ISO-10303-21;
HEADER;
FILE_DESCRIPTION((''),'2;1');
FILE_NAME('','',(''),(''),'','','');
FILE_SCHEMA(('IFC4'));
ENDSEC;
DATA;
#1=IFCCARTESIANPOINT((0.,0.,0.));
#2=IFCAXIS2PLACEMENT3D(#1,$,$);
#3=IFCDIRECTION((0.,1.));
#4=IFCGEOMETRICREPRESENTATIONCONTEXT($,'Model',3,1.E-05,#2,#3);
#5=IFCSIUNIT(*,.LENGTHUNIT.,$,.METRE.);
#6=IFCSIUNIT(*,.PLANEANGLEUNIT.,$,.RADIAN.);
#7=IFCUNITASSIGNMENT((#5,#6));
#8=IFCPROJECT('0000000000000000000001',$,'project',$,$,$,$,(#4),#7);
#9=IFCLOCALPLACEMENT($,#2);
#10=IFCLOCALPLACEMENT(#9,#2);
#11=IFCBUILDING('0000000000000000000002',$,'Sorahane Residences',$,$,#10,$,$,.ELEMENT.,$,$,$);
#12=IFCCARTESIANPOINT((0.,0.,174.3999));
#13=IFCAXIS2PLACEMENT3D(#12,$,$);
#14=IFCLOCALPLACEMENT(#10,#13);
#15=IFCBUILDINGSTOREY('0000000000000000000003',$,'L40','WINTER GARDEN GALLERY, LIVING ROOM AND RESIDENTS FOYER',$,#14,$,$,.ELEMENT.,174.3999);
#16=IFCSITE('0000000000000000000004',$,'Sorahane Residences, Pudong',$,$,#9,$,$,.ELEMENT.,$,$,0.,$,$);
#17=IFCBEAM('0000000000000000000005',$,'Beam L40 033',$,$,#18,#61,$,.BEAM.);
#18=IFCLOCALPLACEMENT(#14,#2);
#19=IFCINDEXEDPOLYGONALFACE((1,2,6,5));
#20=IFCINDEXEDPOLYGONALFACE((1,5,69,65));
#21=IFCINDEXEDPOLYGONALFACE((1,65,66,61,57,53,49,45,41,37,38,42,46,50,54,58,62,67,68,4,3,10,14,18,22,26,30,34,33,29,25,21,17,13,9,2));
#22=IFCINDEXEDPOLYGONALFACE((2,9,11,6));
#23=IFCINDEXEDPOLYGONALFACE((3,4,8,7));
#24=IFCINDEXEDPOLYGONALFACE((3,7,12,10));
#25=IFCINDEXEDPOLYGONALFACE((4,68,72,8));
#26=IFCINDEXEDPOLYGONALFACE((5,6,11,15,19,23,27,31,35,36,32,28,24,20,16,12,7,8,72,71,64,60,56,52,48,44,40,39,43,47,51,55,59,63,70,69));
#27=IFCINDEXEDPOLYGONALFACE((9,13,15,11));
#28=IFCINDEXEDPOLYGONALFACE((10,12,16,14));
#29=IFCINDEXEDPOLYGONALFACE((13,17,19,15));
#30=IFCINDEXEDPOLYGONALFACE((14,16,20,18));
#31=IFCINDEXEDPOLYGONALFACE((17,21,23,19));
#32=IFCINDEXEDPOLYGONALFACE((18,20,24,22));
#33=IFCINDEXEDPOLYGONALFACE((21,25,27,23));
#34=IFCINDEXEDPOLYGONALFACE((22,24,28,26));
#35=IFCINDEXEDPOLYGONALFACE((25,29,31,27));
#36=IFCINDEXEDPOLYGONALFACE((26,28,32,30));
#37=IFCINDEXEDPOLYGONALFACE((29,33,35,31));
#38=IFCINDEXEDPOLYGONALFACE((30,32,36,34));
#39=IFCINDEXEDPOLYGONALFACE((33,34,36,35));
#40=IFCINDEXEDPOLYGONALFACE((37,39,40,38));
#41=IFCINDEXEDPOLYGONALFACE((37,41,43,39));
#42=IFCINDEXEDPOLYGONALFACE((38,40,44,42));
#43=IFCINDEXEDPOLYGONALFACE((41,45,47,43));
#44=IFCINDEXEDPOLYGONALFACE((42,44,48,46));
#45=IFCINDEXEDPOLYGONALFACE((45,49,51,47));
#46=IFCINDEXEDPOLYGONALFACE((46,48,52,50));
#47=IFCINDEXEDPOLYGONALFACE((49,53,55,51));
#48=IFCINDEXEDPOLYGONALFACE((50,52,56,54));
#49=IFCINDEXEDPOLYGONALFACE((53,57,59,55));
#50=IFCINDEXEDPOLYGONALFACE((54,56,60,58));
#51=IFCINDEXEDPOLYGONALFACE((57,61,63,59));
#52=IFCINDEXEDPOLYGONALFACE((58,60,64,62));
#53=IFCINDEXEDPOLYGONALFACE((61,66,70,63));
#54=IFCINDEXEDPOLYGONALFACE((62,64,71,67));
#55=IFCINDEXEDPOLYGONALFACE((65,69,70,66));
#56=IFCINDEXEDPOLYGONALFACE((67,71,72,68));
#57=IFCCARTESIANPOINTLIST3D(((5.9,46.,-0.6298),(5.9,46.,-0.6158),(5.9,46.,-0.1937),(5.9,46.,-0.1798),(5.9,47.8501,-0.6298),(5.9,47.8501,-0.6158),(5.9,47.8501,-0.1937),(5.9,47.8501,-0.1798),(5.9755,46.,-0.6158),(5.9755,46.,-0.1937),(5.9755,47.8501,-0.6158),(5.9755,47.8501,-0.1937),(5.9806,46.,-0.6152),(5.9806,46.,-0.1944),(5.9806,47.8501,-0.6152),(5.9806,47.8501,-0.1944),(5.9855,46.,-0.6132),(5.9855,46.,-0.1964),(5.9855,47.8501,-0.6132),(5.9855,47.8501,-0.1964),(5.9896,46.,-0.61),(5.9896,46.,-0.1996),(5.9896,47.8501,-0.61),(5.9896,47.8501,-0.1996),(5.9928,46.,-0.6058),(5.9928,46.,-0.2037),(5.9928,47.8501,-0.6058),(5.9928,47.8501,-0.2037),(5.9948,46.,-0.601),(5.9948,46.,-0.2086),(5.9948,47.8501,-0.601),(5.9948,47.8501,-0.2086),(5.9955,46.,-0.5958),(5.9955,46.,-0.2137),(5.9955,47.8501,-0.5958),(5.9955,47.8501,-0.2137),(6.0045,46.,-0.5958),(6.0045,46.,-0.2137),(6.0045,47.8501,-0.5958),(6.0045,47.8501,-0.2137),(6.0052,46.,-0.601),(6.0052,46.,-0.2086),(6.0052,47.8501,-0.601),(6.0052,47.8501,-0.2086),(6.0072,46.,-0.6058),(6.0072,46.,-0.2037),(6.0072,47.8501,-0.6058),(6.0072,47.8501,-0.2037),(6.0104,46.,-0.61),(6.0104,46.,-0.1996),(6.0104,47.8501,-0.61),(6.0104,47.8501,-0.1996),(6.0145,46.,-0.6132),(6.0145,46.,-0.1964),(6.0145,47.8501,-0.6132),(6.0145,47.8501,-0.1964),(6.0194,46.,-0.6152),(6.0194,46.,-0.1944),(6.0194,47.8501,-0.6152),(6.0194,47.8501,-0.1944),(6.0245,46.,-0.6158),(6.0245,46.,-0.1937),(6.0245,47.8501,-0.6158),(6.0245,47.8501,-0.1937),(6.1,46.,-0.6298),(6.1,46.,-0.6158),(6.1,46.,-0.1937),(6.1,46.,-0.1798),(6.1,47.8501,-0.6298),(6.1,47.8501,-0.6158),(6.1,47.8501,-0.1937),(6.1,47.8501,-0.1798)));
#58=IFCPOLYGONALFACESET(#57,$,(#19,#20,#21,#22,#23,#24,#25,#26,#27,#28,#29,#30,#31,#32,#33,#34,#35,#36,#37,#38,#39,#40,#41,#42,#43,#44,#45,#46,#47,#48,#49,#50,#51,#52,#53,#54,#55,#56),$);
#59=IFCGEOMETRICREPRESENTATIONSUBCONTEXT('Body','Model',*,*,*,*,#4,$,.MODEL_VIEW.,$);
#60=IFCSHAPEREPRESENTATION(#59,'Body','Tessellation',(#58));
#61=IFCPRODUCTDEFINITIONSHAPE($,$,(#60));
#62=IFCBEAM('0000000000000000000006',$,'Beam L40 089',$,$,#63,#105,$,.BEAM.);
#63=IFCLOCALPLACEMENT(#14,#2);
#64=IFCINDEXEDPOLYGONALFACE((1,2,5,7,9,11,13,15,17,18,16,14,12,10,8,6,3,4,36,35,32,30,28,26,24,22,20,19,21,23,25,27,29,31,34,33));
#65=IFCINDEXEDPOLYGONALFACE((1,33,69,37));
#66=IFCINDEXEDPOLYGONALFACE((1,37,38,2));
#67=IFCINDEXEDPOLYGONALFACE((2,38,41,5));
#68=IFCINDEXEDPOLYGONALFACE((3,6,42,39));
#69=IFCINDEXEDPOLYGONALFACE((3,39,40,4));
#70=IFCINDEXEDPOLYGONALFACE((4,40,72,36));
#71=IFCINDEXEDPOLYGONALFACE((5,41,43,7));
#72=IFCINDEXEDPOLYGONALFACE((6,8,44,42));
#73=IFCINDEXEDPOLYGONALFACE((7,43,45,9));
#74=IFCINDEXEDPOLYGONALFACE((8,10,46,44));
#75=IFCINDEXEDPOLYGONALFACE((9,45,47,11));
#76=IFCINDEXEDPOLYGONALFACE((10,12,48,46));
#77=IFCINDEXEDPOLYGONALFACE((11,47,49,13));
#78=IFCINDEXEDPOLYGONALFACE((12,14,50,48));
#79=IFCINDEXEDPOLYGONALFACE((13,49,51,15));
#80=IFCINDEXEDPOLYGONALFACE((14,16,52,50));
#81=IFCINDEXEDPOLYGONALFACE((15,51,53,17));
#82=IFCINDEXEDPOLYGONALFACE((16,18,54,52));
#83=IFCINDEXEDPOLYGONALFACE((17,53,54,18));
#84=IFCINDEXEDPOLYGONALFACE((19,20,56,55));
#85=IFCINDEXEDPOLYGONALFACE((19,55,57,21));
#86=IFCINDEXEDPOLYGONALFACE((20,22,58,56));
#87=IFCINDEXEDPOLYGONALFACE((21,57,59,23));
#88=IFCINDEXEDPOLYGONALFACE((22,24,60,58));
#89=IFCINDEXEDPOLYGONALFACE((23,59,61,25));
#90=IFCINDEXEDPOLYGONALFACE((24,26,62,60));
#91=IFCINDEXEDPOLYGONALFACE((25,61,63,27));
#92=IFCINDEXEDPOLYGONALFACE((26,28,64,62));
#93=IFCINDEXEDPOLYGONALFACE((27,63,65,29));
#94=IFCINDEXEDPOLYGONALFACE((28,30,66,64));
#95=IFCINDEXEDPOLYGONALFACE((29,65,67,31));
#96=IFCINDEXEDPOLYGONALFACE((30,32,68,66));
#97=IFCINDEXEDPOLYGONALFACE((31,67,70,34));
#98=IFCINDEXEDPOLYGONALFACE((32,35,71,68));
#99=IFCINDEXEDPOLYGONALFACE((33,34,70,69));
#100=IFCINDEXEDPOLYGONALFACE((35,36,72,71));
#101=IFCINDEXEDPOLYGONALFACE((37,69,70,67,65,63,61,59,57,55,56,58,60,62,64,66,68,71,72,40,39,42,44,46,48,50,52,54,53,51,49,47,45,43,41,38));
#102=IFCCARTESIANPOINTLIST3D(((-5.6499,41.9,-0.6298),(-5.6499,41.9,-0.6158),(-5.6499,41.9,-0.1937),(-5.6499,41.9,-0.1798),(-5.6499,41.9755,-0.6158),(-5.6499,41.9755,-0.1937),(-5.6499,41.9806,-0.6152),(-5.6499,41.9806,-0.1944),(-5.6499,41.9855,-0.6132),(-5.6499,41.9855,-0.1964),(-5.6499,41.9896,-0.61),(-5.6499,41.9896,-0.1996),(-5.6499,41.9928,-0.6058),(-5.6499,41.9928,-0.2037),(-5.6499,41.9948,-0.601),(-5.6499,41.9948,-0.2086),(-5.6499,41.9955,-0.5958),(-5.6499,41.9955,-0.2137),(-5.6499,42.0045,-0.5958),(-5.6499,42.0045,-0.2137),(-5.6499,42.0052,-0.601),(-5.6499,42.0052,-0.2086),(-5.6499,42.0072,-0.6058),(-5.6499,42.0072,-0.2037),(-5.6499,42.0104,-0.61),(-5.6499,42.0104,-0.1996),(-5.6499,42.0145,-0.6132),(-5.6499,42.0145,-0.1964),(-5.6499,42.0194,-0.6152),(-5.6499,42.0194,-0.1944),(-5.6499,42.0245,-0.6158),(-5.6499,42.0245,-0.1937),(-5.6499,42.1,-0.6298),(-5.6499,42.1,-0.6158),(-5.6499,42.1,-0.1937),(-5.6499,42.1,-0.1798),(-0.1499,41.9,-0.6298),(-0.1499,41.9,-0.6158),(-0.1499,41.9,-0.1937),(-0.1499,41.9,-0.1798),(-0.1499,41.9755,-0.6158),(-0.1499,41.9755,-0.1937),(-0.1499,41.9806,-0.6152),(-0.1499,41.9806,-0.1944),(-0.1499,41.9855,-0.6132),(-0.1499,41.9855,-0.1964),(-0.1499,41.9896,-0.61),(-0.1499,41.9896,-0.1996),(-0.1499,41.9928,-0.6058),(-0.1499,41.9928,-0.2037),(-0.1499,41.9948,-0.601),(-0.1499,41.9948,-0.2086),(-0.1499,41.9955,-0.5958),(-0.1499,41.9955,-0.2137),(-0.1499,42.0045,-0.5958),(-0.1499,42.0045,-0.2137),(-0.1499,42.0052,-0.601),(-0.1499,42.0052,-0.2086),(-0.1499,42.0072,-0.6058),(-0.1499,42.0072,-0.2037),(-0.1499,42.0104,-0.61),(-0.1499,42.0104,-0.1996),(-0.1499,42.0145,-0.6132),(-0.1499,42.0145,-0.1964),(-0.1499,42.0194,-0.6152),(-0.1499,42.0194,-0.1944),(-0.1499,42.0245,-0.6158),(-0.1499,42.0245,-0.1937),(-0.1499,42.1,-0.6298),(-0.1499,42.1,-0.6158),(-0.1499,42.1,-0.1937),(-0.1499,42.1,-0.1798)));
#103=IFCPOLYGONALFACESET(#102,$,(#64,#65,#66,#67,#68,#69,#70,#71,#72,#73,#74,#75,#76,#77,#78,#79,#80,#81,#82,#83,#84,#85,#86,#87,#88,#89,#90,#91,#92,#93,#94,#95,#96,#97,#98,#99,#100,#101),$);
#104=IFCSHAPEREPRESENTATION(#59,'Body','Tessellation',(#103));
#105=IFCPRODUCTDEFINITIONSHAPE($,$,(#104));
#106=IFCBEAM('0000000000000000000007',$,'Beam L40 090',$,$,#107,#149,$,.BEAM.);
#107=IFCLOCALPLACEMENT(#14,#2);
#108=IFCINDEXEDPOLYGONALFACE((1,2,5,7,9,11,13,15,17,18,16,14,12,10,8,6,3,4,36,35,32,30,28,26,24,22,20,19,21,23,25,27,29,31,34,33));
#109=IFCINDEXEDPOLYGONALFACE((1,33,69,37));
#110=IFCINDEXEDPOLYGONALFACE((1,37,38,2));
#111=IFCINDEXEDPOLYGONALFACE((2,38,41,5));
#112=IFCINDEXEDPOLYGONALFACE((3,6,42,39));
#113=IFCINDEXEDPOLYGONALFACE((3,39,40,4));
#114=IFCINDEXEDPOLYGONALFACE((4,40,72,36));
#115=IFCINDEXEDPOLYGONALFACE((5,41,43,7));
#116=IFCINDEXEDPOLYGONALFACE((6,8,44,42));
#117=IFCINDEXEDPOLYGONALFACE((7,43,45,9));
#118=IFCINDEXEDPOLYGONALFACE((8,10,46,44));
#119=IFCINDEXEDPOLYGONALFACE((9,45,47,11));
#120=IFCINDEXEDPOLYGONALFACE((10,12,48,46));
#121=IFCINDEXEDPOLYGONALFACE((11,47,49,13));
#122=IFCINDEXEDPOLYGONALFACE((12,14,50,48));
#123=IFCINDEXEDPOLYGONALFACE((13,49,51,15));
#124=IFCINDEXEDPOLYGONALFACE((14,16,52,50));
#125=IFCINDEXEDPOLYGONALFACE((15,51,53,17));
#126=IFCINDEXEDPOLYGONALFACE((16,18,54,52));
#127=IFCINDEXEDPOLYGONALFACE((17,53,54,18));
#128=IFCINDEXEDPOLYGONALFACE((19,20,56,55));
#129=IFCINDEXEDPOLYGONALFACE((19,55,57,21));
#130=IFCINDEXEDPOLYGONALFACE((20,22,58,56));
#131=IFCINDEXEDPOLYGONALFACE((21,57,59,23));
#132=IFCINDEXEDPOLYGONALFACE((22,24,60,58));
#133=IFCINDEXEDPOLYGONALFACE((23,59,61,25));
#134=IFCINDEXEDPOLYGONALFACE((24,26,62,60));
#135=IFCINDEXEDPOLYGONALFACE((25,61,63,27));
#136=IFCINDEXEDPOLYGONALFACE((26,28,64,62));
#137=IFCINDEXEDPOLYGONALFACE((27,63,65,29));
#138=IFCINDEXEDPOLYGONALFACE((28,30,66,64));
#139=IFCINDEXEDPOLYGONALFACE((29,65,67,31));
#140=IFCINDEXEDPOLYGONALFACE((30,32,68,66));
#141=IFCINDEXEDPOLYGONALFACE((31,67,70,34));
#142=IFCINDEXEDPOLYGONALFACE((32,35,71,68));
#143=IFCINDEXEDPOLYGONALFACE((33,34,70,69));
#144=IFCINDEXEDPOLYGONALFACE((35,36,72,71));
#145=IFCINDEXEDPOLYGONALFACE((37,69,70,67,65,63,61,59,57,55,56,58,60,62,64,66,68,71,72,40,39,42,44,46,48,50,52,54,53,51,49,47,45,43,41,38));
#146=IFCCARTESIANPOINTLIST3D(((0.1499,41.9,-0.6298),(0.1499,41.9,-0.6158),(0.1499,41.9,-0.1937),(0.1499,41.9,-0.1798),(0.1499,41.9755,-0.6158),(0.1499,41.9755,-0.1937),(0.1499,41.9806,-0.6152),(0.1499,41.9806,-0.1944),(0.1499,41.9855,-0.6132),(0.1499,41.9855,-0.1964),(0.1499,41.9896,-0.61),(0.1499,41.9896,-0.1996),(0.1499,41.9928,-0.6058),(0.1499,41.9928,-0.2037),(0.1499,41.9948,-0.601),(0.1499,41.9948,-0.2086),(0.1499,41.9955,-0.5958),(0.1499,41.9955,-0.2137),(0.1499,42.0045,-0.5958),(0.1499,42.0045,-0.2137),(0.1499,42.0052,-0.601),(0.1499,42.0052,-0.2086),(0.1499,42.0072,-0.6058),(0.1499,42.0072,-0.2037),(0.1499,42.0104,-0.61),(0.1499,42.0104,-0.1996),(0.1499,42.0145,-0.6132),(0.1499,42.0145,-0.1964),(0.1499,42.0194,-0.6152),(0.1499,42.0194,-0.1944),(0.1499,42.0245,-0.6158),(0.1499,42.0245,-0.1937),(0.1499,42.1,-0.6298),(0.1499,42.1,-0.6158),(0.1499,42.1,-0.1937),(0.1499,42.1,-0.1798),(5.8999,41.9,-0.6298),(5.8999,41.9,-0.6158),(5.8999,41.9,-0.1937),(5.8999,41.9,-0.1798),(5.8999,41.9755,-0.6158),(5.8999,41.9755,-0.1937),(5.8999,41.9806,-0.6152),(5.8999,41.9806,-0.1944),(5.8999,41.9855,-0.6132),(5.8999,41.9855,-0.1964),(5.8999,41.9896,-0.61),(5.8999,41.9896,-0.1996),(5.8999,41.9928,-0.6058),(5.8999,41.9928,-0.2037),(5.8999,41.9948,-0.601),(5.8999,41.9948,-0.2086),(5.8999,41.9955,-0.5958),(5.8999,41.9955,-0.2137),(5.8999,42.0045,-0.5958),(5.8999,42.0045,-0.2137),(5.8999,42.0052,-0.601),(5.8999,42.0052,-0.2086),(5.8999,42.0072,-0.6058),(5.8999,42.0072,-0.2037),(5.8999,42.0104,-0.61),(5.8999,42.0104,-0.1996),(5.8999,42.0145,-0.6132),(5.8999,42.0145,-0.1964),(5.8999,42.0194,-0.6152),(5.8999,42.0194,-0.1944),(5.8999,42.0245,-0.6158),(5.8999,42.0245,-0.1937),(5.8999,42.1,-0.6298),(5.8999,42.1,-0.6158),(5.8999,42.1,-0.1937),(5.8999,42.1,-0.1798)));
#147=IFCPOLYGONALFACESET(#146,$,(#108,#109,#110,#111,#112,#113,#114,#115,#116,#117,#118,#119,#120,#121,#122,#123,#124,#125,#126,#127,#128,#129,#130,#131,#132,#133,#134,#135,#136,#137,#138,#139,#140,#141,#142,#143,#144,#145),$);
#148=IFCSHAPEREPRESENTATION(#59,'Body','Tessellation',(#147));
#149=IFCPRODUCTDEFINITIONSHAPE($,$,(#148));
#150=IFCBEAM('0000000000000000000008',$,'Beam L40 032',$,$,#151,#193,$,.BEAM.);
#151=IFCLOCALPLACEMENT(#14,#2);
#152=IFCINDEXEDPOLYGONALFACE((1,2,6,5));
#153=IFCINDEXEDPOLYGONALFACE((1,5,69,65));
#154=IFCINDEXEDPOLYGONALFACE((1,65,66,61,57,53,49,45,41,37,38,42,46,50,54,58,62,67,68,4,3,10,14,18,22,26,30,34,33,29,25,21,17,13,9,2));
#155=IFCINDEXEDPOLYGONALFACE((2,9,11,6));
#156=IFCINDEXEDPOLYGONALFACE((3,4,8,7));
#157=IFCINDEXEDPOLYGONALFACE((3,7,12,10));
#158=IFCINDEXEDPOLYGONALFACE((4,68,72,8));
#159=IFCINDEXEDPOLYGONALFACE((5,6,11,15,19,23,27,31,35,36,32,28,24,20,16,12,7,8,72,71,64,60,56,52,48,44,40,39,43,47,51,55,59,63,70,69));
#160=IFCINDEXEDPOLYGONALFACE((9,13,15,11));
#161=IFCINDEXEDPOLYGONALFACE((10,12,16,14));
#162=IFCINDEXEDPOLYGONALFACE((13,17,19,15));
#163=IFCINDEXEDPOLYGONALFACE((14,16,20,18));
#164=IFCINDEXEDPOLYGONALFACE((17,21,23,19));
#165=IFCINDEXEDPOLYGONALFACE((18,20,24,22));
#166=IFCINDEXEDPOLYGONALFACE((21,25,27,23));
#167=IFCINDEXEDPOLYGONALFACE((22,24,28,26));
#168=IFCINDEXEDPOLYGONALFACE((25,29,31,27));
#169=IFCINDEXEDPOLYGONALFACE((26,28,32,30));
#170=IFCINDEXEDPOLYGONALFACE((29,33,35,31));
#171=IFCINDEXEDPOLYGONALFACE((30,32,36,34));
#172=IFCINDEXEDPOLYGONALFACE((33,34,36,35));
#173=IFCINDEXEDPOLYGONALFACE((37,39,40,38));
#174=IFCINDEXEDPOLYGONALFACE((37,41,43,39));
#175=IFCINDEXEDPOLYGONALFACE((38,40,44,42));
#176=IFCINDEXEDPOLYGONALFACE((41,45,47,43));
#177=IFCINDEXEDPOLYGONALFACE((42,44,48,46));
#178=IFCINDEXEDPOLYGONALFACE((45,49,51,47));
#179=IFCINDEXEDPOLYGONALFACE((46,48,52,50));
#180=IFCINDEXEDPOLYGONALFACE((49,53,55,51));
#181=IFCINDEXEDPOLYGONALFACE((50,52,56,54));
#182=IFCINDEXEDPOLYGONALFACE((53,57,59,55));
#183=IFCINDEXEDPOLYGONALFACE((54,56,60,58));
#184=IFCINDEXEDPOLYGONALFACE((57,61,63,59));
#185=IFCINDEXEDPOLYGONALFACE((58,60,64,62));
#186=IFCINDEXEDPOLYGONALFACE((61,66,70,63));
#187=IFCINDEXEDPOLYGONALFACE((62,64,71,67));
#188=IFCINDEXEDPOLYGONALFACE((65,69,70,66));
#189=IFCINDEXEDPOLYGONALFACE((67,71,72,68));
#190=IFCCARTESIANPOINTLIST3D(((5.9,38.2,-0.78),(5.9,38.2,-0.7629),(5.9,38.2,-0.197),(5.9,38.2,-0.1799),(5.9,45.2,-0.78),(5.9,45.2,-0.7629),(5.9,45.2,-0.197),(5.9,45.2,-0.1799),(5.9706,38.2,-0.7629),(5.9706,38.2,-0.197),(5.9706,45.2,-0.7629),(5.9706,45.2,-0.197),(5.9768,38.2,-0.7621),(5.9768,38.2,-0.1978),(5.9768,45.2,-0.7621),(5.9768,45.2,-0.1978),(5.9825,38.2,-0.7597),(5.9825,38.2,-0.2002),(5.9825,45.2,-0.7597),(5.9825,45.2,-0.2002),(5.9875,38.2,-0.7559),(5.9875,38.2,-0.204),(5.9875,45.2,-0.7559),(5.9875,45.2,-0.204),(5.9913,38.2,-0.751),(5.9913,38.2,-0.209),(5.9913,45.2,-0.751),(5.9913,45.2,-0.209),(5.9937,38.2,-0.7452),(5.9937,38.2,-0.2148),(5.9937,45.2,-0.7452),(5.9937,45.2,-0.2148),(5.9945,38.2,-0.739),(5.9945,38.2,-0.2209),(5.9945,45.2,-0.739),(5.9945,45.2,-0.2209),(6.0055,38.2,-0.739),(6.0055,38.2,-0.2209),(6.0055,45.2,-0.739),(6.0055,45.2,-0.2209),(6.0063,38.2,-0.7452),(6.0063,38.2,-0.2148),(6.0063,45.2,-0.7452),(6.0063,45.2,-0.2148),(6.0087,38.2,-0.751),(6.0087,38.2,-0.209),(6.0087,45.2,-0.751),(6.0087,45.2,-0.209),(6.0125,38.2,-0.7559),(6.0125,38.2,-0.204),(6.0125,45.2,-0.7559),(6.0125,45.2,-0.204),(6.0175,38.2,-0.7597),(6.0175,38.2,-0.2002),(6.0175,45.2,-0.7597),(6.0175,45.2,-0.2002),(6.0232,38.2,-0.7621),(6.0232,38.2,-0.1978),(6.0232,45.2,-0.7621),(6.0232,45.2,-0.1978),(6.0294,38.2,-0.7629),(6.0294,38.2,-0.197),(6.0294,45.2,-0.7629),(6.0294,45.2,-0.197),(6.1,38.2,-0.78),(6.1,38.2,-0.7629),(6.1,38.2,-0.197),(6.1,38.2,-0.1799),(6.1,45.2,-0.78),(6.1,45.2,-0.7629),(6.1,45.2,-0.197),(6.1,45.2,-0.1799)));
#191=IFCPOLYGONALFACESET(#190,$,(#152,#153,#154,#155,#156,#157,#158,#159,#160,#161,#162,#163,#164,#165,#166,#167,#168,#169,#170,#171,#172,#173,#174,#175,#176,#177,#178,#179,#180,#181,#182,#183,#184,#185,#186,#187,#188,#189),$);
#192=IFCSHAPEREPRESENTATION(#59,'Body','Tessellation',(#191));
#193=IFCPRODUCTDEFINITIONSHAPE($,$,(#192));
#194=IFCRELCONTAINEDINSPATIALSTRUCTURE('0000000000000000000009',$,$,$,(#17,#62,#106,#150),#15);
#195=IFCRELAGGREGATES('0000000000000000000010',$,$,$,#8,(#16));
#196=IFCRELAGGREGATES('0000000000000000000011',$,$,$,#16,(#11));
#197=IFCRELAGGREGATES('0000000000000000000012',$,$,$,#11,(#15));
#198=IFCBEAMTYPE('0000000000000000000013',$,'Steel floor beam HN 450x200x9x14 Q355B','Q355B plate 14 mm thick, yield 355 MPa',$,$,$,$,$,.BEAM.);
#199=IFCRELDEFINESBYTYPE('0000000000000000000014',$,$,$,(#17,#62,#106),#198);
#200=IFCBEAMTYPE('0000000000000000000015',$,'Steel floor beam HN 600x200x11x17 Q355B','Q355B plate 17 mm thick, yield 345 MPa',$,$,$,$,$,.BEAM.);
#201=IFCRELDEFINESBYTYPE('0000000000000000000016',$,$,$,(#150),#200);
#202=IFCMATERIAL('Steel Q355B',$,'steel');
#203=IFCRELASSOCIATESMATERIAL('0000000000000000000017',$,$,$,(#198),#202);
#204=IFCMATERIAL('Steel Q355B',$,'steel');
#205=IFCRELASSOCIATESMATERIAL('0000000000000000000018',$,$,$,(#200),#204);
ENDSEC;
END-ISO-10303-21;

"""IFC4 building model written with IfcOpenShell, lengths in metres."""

from ifc_helpers import new_model, si_unit, direction, frame, origin, origin_2d, place, context, subcontext, project, spatial, i_section, extrude, material, material_profile, profile_set, type_object, element, save


model = new_model("IFC4")

# Units and contexts
model_context = context("Model", 3, precision=1e-05, world=origin(), true_north=direction((0.0, 1.0)))
body_context = subcontext(model_context, "Body", "Model", "MODEL_VIEW")
ifc_project = project(units=[si_unit("LENGTHUNIT", "METRE"), si_unit("PLANEANGLEUNIT", "RADIAN")], contexts=[model_context])

# Site, building, storey
site_placement = place(None, origin())
site = spatial("IfcSite", under=ifc_project, at=site_placement, Name="Sorahane Residences, Pudong", CompositionType="ELEMENT", RefElevation=0.0)
building_placement = place(site_placement, origin())
building = spatial("IfcBuilding", under=site, at=building_placement, Name="Sorahane Residences", CompositionType="ELEMENT")
storey_placement = place(building_placement, frame((0.0, 0.0, 174.3999)))
storey = spatial("IfcBuildingStorey", under=building, at=storey_placement, Name="L40", Description="WINTER GARDEN GALLERY, LIVING ROOM AND RESIDENTS FOYER", CompositionType="ELEMENT", Elevation=174.3999)

# Beams
ifc_material_1 = material(Name="Steel Q355B", Category="steel")
ifc_material_profile_1 = material_profile(ifc_material_1, i_section(OverallWidth=0.2, OverallDepth=0.45, WebThickness=0.009, FlangeThickness=0.0139, FilletRadius=0.02, at=origin_2d()), Name="HN 450x200x9x14")
ifc_profile_set_1 = profile_set([ifc_material_profile_1], Name="Steel Q355B")
beam_type_1 = type_object("IfcBeamType", Name="Steel floor beam HN 450x200x9x14 Q355B", Description="Q355B plate 14 mm thick, yield 355 MPa", PredefinedType="BEAM", material=ifc_profile_set_1)
beam_1_placement = place(storey_placement, frame((6.0, 46.0, -0.4048), z_axis=(0.0, 1.0, 0.0), x_axis=(-1.0, 0.0, 0.0)))
element("IfcBeam", 1, at=beam_1_placement, inside=storey, type_object=beam_type_1, Name="Beam L40 033", PredefinedType="BEAM", context=body_context, shape_type="SweptSolid", body=[
    extrude(i_section(OverallWidth=0.2, OverallDepth=0.45, WebThickness=0.009, FlangeThickness=0.0139, FilletRadius=0.02, at=origin_2d()), origin(), (0.0, 0.0, 1.0), 1.8501),
])
beam_2_placement = place(storey_placement, frame((-5.6499, 42.0, -0.4048), z_axis=(1.0, 0.0, 0.0), x_axis=(0.0, 1.0, 0.0)))
element("IfcBeam", 2, at=beam_2_placement, inside=storey, type_object=beam_type_1, Name="Beam L40 089", PredefinedType="BEAM", context=body_context, shape_type="SweptSolid", body=[
    extrude(i_section(OverallWidth=0.2, OverallDepth=0.45, WebThickness=0.009, FlangeThickness=0.0139, FilletRadius=0.02, at=origin_2d()), origin(), (0.0, 0.0, 1.0), 5.5),
])
beam_3_placement = place(storey_placement, frame((0.1499, 42.0, -0.4048), z_axis=(1.0, 0.0, 0.0), x_axis=(0.0, 1.0, 0.0)))
element("IfcBeam", 3, at=beam_3_placement, inside=storey, type_object=beam_type_1, Name="Beam L40 090", PredefinedType="BEAM", context=body_context, shape_type="SweptSolid", body=[
    extrude(i_section(OverallWidth=0.2, OverallDepth=0.45, WebThickness=0.009, FlangeThickness=0.0139, FilletRadius=0.02, at=origin_2d()), origin(), (0.0, 0.0, 1.0), 5.75),
])
ifc_material_2 = material(Name="Steel Q355B", Category="steel")
ifc_material_profile_2 = material_profile(ifc_material_2, i_section(OverallWidth=0.2, OverallDepth=0.6001, WebThickness=0.011, FlangeThickness=0.0171, FilletRadius=0.0239, at=origin_2d()), Name="HN 600x200x11x17")
ifc_profile_set_2 = profile_set([ifc_material_profile_2], Name="Steel Q355B")
beam_type_2 = type_object("IfcBeamType", Name="Steel floor beam HN 600x200x11x17 Q355B", Description="Q355B plate 17 mm thick, yield 345 MPa", PredefinedType="BEAM", material=ifc_profile_set_2)
beam_4_placement = place(storey_placement, frame((6.0, 38.2, -0.48), z_axis=(0.0, 1.0, 0.0), x_axis=(-1.0, 0.0, 0.0)))
element("IfcBeam", 4, at=beam_4_placement, inside=storey, type_object=beam_type_2, Name="Beam L40 032", PredefinedType="BEAM", context=body_context, shape_type="SweptSolid", body=[
    extrude(i_section(OverallWidth=0.2, OverallDepth=0.6001, WebThickness=0.011, FlangeThickness=0.0171, FilletRadius=0.0239, at=origin_2d()), origin(), (0.0, 0.0, 1.0), 7.0),
])

save(model, "model.ifc")
